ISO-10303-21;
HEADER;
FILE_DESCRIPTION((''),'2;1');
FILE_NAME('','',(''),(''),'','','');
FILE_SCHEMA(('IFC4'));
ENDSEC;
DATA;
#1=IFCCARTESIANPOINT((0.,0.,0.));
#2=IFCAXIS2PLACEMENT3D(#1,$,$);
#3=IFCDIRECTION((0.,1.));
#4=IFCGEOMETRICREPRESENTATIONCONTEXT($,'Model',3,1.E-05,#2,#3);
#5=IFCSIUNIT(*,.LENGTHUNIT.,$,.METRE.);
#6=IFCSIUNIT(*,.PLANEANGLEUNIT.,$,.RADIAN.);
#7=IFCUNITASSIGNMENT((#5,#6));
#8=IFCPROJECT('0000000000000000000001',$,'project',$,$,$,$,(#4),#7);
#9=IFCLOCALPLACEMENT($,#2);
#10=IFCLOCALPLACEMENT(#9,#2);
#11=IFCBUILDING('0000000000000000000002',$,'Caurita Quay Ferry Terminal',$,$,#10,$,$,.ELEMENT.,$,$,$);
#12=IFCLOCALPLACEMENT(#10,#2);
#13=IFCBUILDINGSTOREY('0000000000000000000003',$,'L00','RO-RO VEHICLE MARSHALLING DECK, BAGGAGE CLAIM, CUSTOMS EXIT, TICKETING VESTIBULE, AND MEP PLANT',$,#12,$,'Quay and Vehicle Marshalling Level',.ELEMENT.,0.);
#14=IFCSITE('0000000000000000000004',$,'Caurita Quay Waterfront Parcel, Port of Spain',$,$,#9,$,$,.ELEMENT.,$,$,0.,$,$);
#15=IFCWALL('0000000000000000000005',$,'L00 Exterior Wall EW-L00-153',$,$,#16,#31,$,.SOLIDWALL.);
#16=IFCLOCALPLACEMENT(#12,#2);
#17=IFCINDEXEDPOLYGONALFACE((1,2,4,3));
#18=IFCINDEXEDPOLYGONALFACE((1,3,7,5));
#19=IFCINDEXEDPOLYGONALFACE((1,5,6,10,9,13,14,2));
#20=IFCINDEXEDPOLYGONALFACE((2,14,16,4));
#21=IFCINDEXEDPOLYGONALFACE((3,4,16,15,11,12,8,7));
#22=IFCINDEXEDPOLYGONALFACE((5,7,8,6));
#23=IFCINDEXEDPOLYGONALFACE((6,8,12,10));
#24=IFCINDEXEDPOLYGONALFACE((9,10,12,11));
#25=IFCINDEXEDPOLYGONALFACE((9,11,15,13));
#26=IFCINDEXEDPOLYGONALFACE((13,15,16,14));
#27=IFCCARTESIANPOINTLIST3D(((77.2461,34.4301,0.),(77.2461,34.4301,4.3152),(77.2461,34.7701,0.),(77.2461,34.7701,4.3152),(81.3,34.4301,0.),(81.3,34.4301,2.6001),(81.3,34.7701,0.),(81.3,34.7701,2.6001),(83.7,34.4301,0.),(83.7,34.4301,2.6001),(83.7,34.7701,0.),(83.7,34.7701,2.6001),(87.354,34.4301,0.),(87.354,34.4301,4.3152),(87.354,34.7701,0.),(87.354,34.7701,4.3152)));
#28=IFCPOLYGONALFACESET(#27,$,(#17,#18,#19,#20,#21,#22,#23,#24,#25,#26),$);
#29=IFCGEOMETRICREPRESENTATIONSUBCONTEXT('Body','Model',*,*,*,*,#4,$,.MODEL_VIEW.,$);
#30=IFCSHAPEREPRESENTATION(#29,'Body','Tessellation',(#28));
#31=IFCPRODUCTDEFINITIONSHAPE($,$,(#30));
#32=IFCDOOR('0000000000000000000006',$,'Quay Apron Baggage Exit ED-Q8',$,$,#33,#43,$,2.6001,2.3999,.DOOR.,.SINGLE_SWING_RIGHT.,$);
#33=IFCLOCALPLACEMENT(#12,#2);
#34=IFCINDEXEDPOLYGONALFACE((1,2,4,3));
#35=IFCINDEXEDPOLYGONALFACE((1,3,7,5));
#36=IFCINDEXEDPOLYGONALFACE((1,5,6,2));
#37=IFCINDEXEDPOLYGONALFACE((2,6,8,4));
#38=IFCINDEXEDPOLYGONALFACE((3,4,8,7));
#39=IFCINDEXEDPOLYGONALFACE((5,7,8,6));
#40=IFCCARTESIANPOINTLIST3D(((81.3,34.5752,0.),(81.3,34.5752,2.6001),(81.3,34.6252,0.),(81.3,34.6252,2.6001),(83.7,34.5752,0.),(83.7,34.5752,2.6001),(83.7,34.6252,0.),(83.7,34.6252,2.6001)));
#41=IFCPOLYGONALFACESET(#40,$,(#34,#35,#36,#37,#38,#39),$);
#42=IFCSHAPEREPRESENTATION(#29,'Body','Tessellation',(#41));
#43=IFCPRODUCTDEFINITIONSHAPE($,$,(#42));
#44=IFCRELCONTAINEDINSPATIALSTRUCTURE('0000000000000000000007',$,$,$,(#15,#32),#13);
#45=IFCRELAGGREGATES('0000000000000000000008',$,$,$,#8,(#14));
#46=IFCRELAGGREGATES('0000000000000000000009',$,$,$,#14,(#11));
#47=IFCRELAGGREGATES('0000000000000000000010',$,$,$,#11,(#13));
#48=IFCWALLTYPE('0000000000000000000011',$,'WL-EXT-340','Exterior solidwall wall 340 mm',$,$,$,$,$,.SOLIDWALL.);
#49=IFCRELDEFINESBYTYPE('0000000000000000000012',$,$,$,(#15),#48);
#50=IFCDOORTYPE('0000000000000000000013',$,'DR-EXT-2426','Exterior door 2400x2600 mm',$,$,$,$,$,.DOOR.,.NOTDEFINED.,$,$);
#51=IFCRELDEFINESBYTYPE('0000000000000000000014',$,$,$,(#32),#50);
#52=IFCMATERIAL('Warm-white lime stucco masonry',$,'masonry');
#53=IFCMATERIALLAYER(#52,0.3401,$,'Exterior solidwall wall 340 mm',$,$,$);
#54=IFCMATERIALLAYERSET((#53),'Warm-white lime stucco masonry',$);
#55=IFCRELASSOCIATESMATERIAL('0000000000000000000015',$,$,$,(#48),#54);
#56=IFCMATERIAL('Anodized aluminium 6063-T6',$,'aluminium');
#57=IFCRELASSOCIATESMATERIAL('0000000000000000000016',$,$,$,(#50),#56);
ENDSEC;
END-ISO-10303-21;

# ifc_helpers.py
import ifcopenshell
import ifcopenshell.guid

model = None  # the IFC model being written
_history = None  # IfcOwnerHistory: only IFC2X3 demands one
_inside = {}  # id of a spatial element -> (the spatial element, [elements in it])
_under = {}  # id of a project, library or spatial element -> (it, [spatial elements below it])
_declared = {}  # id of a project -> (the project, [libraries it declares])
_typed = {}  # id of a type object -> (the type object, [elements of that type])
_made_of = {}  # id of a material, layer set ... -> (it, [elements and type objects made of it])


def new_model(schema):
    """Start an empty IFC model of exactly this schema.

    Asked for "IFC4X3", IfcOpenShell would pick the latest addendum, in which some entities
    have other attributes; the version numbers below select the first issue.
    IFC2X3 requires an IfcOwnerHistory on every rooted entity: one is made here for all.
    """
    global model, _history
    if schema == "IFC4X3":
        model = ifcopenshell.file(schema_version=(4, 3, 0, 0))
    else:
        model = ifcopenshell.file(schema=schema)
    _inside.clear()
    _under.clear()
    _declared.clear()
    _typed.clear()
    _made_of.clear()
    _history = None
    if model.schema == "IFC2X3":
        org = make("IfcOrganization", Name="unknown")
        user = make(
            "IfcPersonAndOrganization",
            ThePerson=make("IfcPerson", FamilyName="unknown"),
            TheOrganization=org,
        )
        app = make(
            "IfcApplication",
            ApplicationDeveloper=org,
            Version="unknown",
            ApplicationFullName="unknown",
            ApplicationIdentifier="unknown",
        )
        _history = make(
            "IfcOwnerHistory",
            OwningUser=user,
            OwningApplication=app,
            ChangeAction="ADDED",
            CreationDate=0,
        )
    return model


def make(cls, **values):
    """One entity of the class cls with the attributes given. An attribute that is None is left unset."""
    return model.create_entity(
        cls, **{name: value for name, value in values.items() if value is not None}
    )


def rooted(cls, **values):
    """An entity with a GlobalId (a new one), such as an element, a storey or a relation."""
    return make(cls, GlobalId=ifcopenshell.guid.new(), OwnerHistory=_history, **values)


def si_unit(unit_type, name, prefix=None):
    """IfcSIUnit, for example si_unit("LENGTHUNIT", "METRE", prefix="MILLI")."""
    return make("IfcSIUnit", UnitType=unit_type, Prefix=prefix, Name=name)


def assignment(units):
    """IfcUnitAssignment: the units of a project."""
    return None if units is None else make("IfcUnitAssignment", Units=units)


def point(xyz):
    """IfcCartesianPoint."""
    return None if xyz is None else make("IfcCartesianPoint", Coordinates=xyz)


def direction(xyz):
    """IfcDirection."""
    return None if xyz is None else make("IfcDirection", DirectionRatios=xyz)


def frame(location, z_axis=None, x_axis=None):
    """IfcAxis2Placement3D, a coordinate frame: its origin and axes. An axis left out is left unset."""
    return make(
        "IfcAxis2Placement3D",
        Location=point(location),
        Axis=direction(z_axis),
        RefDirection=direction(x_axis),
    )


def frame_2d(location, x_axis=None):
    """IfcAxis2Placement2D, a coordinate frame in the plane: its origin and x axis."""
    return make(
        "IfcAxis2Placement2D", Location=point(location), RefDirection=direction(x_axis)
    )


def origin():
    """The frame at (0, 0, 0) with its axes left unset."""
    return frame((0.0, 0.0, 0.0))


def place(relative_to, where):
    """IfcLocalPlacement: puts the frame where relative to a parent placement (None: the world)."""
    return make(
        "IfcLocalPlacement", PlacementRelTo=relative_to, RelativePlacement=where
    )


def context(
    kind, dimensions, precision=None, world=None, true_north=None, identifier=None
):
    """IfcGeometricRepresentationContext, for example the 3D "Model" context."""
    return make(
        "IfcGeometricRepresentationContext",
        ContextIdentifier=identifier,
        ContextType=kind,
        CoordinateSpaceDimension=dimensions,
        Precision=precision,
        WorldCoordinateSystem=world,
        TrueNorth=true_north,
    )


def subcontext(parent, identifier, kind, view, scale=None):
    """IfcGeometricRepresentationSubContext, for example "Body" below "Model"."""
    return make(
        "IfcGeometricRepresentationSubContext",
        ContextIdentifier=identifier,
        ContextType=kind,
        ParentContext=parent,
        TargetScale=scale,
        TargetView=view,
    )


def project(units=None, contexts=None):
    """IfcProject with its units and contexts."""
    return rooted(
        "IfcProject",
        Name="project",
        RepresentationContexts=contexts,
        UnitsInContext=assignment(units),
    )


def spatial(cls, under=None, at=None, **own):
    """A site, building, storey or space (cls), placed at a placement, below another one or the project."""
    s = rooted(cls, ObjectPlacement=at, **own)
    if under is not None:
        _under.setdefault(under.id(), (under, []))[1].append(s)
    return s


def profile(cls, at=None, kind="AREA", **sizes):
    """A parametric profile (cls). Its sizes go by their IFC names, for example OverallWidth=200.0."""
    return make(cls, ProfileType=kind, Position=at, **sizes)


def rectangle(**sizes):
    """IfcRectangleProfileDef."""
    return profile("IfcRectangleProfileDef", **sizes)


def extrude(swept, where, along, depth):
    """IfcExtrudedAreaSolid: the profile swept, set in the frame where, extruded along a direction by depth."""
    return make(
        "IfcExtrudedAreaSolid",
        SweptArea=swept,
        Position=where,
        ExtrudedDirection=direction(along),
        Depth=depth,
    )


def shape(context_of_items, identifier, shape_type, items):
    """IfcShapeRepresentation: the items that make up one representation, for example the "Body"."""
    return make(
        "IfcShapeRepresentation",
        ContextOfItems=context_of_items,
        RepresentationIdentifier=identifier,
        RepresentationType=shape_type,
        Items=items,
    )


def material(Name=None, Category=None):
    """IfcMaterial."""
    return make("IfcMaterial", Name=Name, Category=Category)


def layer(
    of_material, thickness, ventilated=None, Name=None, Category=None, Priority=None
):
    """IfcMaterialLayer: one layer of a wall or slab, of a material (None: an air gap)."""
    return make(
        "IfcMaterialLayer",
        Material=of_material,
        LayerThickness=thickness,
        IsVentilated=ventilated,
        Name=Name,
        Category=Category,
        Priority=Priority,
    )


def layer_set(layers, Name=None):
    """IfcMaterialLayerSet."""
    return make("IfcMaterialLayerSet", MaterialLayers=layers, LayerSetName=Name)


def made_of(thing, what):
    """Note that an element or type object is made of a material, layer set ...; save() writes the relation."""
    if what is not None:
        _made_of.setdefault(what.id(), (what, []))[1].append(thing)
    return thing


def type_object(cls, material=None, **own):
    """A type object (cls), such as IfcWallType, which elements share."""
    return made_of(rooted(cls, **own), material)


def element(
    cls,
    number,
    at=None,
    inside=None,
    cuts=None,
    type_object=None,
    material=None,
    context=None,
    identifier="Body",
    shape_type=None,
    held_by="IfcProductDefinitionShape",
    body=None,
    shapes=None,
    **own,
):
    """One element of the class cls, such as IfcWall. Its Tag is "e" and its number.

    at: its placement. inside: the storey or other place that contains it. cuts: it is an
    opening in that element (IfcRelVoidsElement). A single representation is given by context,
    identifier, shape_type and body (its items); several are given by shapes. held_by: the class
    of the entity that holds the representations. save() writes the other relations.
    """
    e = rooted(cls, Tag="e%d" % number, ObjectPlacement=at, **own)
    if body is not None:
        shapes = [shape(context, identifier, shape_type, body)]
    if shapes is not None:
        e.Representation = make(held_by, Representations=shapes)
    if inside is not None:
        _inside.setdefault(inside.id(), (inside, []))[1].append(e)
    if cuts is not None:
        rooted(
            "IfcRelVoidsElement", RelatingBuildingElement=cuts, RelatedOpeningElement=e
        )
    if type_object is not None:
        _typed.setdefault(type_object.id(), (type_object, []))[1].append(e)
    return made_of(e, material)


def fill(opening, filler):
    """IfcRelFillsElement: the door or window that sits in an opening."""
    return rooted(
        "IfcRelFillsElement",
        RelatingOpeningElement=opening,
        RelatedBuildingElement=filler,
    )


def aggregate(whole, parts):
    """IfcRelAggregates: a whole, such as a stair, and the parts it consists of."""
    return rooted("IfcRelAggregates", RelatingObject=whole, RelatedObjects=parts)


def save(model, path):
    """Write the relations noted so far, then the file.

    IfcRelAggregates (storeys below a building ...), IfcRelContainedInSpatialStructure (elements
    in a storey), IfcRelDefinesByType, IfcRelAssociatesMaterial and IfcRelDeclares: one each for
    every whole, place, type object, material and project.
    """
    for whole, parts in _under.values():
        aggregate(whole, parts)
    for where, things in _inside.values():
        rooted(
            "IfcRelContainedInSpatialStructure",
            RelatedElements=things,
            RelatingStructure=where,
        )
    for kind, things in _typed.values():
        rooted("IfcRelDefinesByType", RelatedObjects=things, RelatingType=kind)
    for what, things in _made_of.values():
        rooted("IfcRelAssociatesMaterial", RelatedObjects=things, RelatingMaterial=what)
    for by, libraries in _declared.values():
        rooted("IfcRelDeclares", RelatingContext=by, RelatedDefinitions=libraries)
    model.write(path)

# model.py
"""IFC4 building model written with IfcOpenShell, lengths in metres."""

from ifc_helpers import new_model, si_unit, direction, frame, frame_2d, origin, place, context, subcontext, project, spatial, rectangle, extrude, material, layer, layer_set, type_object, element, fill, save


model = new_model("IFC4")

# Units and contexts
model_context = context("Model", 3, precision=1e-05, world=origin(), true_north=direction((0.0, 1.0)))
body_context = subcontext(model_context, "Body", "Model", "MODEL_VIEW")
ifc_project = project(units=[si_unit("LENGTHUNIT", "METRE"), si_unit("PLANEANGLEUNIT", "RADIAN")], contexts=[model_context])

# Site, building, storey
site_placement = place(None, origin())
site = spatial("IfcSite", under=ifc_project, at=site_placement, Name="Caurita Quay Waterfront Parcel, Port of Spain", CompositionType="ELEMENT", RefElevation=0.0)
building_placement = place(site_placement, origin())
building = spatial("IfcBuilding", under=site, at=building_placement, Name="Caurita Quay Ferry Terminal", CompositionType="ELEMENT")
storey_placement = place(building_placement, origin())
storey = spatial("IfcBuildingStorey", under=building, at=storey_placement, Name="L00", Description="RO-RO VEHICLE MARSHALLING DECK, BAGGAGE CLAIM, CUSTOMS EXIT, TICKETING VESTIBULE, AND MEP PLANT", LongName="Quay and Vehicle Marshalling Level", CompositionType="ELEMENT", Elevation=0.0)

# Shared definitions
ifc_material_1 = material(Name="Warm-white lime stucco masonry", Category="masonry")
ifc_layer = layer(ifc_material_1, 0.3401, Name="Exterior solidwall wall 340 mm")
ifc_layer_set = layer_set([ifc_layer], Name="Warm-white lime stucco masonry")
wall_type = type_object("IfcWallType", Name="WL-EXT-340", Description="Exterior solidwall wall 340 mm", PredefinedType="SOLIDWALL", material=ifc_layer_set)

# Wall, opening, door
wall_1_placement = place(storey_placement, frame((77.2461, 34.6001, 0.0), z_axis=(0.0, 0.0, 1.0), x_axis=(1.0, 0.0, 0.0)))
wall_1 = element("IfcWall", 1, at=wall_1_placement, inside=storey, type_object=wall_type, Name="L00 Exterior Wall EW-L00-153", PredefinedType="SOLIDWALL", context=body_context, shape_type="SweptSolid", body=[
    extrude(rectangle(XDim=10.1079, YDim=0.3401, at=frame_2d((5.054, 0.0))), origin(), (0.0, 0.0, 1.0), 4.3152),
])
opening_1_placement = place(wall_1_placement, frame((4.054, 0.0, 0.0)))
opening_1 = element("IfcOpeningElement", 2, at=opening_1_placement, cuts=wall_1, PredefinedType="OPENING", context=body_context, shape_type="SweptSolid", body=[
    extrude(rectangle(XDim=2.3999, YDim=2.6001, at=frame_2d((1.2, 1.3))), frame((0.0, 0.1799, 0.0), z_axis=(0.0, -1.0, 0.0), x_axis=(1.0, 0.0, 0.0)), (0.0, 0.0, 1.0), 0.3601),
])
ifc_material_2 = material(Name="Anodized aluminium 6063-T6", Category="aluminium")
door_type = type_object("IfcDoorType", Name="DR-EXT-2426", Description="Exterior door 2400x2600 mm", OperationType="NOTDEFINED", PredefinedType="DOOR", material=ifc_material_2)
door_placement = place(opening_1_placement, frame((2.3999, 0.0, 0.0), z_axis=(0.0, 0.0, 1.0), x_axis=(-1.0, 0.0, 0.0)))
door = element("IfcDoor", 3, at=door_placement, inside=storey, type_object=door_type, Name="Quay Apron Baggage Exit ED-Q8", OperationType="SINGLE_SWING_RIGHT", OverallHeight=2.6001, OverallWidth=2.3999, PredefinedType="DOOR", context=body_context, shape_type="SweptSolid", body=[
    extrude(rectangle(XDim=2.3999, YDim=2.6001, at=frame_2d((1.2, 1.3))), frame((0.0, 0.0249, 0.0), z_axis=(0.0, -1.0, 0.0), x_axis=(1.0, 0.0, 0.0)), (0.0, 0.0, 1.0), 0.05),
])
fill(opening_1, door)

save(model, "model.ifc")
